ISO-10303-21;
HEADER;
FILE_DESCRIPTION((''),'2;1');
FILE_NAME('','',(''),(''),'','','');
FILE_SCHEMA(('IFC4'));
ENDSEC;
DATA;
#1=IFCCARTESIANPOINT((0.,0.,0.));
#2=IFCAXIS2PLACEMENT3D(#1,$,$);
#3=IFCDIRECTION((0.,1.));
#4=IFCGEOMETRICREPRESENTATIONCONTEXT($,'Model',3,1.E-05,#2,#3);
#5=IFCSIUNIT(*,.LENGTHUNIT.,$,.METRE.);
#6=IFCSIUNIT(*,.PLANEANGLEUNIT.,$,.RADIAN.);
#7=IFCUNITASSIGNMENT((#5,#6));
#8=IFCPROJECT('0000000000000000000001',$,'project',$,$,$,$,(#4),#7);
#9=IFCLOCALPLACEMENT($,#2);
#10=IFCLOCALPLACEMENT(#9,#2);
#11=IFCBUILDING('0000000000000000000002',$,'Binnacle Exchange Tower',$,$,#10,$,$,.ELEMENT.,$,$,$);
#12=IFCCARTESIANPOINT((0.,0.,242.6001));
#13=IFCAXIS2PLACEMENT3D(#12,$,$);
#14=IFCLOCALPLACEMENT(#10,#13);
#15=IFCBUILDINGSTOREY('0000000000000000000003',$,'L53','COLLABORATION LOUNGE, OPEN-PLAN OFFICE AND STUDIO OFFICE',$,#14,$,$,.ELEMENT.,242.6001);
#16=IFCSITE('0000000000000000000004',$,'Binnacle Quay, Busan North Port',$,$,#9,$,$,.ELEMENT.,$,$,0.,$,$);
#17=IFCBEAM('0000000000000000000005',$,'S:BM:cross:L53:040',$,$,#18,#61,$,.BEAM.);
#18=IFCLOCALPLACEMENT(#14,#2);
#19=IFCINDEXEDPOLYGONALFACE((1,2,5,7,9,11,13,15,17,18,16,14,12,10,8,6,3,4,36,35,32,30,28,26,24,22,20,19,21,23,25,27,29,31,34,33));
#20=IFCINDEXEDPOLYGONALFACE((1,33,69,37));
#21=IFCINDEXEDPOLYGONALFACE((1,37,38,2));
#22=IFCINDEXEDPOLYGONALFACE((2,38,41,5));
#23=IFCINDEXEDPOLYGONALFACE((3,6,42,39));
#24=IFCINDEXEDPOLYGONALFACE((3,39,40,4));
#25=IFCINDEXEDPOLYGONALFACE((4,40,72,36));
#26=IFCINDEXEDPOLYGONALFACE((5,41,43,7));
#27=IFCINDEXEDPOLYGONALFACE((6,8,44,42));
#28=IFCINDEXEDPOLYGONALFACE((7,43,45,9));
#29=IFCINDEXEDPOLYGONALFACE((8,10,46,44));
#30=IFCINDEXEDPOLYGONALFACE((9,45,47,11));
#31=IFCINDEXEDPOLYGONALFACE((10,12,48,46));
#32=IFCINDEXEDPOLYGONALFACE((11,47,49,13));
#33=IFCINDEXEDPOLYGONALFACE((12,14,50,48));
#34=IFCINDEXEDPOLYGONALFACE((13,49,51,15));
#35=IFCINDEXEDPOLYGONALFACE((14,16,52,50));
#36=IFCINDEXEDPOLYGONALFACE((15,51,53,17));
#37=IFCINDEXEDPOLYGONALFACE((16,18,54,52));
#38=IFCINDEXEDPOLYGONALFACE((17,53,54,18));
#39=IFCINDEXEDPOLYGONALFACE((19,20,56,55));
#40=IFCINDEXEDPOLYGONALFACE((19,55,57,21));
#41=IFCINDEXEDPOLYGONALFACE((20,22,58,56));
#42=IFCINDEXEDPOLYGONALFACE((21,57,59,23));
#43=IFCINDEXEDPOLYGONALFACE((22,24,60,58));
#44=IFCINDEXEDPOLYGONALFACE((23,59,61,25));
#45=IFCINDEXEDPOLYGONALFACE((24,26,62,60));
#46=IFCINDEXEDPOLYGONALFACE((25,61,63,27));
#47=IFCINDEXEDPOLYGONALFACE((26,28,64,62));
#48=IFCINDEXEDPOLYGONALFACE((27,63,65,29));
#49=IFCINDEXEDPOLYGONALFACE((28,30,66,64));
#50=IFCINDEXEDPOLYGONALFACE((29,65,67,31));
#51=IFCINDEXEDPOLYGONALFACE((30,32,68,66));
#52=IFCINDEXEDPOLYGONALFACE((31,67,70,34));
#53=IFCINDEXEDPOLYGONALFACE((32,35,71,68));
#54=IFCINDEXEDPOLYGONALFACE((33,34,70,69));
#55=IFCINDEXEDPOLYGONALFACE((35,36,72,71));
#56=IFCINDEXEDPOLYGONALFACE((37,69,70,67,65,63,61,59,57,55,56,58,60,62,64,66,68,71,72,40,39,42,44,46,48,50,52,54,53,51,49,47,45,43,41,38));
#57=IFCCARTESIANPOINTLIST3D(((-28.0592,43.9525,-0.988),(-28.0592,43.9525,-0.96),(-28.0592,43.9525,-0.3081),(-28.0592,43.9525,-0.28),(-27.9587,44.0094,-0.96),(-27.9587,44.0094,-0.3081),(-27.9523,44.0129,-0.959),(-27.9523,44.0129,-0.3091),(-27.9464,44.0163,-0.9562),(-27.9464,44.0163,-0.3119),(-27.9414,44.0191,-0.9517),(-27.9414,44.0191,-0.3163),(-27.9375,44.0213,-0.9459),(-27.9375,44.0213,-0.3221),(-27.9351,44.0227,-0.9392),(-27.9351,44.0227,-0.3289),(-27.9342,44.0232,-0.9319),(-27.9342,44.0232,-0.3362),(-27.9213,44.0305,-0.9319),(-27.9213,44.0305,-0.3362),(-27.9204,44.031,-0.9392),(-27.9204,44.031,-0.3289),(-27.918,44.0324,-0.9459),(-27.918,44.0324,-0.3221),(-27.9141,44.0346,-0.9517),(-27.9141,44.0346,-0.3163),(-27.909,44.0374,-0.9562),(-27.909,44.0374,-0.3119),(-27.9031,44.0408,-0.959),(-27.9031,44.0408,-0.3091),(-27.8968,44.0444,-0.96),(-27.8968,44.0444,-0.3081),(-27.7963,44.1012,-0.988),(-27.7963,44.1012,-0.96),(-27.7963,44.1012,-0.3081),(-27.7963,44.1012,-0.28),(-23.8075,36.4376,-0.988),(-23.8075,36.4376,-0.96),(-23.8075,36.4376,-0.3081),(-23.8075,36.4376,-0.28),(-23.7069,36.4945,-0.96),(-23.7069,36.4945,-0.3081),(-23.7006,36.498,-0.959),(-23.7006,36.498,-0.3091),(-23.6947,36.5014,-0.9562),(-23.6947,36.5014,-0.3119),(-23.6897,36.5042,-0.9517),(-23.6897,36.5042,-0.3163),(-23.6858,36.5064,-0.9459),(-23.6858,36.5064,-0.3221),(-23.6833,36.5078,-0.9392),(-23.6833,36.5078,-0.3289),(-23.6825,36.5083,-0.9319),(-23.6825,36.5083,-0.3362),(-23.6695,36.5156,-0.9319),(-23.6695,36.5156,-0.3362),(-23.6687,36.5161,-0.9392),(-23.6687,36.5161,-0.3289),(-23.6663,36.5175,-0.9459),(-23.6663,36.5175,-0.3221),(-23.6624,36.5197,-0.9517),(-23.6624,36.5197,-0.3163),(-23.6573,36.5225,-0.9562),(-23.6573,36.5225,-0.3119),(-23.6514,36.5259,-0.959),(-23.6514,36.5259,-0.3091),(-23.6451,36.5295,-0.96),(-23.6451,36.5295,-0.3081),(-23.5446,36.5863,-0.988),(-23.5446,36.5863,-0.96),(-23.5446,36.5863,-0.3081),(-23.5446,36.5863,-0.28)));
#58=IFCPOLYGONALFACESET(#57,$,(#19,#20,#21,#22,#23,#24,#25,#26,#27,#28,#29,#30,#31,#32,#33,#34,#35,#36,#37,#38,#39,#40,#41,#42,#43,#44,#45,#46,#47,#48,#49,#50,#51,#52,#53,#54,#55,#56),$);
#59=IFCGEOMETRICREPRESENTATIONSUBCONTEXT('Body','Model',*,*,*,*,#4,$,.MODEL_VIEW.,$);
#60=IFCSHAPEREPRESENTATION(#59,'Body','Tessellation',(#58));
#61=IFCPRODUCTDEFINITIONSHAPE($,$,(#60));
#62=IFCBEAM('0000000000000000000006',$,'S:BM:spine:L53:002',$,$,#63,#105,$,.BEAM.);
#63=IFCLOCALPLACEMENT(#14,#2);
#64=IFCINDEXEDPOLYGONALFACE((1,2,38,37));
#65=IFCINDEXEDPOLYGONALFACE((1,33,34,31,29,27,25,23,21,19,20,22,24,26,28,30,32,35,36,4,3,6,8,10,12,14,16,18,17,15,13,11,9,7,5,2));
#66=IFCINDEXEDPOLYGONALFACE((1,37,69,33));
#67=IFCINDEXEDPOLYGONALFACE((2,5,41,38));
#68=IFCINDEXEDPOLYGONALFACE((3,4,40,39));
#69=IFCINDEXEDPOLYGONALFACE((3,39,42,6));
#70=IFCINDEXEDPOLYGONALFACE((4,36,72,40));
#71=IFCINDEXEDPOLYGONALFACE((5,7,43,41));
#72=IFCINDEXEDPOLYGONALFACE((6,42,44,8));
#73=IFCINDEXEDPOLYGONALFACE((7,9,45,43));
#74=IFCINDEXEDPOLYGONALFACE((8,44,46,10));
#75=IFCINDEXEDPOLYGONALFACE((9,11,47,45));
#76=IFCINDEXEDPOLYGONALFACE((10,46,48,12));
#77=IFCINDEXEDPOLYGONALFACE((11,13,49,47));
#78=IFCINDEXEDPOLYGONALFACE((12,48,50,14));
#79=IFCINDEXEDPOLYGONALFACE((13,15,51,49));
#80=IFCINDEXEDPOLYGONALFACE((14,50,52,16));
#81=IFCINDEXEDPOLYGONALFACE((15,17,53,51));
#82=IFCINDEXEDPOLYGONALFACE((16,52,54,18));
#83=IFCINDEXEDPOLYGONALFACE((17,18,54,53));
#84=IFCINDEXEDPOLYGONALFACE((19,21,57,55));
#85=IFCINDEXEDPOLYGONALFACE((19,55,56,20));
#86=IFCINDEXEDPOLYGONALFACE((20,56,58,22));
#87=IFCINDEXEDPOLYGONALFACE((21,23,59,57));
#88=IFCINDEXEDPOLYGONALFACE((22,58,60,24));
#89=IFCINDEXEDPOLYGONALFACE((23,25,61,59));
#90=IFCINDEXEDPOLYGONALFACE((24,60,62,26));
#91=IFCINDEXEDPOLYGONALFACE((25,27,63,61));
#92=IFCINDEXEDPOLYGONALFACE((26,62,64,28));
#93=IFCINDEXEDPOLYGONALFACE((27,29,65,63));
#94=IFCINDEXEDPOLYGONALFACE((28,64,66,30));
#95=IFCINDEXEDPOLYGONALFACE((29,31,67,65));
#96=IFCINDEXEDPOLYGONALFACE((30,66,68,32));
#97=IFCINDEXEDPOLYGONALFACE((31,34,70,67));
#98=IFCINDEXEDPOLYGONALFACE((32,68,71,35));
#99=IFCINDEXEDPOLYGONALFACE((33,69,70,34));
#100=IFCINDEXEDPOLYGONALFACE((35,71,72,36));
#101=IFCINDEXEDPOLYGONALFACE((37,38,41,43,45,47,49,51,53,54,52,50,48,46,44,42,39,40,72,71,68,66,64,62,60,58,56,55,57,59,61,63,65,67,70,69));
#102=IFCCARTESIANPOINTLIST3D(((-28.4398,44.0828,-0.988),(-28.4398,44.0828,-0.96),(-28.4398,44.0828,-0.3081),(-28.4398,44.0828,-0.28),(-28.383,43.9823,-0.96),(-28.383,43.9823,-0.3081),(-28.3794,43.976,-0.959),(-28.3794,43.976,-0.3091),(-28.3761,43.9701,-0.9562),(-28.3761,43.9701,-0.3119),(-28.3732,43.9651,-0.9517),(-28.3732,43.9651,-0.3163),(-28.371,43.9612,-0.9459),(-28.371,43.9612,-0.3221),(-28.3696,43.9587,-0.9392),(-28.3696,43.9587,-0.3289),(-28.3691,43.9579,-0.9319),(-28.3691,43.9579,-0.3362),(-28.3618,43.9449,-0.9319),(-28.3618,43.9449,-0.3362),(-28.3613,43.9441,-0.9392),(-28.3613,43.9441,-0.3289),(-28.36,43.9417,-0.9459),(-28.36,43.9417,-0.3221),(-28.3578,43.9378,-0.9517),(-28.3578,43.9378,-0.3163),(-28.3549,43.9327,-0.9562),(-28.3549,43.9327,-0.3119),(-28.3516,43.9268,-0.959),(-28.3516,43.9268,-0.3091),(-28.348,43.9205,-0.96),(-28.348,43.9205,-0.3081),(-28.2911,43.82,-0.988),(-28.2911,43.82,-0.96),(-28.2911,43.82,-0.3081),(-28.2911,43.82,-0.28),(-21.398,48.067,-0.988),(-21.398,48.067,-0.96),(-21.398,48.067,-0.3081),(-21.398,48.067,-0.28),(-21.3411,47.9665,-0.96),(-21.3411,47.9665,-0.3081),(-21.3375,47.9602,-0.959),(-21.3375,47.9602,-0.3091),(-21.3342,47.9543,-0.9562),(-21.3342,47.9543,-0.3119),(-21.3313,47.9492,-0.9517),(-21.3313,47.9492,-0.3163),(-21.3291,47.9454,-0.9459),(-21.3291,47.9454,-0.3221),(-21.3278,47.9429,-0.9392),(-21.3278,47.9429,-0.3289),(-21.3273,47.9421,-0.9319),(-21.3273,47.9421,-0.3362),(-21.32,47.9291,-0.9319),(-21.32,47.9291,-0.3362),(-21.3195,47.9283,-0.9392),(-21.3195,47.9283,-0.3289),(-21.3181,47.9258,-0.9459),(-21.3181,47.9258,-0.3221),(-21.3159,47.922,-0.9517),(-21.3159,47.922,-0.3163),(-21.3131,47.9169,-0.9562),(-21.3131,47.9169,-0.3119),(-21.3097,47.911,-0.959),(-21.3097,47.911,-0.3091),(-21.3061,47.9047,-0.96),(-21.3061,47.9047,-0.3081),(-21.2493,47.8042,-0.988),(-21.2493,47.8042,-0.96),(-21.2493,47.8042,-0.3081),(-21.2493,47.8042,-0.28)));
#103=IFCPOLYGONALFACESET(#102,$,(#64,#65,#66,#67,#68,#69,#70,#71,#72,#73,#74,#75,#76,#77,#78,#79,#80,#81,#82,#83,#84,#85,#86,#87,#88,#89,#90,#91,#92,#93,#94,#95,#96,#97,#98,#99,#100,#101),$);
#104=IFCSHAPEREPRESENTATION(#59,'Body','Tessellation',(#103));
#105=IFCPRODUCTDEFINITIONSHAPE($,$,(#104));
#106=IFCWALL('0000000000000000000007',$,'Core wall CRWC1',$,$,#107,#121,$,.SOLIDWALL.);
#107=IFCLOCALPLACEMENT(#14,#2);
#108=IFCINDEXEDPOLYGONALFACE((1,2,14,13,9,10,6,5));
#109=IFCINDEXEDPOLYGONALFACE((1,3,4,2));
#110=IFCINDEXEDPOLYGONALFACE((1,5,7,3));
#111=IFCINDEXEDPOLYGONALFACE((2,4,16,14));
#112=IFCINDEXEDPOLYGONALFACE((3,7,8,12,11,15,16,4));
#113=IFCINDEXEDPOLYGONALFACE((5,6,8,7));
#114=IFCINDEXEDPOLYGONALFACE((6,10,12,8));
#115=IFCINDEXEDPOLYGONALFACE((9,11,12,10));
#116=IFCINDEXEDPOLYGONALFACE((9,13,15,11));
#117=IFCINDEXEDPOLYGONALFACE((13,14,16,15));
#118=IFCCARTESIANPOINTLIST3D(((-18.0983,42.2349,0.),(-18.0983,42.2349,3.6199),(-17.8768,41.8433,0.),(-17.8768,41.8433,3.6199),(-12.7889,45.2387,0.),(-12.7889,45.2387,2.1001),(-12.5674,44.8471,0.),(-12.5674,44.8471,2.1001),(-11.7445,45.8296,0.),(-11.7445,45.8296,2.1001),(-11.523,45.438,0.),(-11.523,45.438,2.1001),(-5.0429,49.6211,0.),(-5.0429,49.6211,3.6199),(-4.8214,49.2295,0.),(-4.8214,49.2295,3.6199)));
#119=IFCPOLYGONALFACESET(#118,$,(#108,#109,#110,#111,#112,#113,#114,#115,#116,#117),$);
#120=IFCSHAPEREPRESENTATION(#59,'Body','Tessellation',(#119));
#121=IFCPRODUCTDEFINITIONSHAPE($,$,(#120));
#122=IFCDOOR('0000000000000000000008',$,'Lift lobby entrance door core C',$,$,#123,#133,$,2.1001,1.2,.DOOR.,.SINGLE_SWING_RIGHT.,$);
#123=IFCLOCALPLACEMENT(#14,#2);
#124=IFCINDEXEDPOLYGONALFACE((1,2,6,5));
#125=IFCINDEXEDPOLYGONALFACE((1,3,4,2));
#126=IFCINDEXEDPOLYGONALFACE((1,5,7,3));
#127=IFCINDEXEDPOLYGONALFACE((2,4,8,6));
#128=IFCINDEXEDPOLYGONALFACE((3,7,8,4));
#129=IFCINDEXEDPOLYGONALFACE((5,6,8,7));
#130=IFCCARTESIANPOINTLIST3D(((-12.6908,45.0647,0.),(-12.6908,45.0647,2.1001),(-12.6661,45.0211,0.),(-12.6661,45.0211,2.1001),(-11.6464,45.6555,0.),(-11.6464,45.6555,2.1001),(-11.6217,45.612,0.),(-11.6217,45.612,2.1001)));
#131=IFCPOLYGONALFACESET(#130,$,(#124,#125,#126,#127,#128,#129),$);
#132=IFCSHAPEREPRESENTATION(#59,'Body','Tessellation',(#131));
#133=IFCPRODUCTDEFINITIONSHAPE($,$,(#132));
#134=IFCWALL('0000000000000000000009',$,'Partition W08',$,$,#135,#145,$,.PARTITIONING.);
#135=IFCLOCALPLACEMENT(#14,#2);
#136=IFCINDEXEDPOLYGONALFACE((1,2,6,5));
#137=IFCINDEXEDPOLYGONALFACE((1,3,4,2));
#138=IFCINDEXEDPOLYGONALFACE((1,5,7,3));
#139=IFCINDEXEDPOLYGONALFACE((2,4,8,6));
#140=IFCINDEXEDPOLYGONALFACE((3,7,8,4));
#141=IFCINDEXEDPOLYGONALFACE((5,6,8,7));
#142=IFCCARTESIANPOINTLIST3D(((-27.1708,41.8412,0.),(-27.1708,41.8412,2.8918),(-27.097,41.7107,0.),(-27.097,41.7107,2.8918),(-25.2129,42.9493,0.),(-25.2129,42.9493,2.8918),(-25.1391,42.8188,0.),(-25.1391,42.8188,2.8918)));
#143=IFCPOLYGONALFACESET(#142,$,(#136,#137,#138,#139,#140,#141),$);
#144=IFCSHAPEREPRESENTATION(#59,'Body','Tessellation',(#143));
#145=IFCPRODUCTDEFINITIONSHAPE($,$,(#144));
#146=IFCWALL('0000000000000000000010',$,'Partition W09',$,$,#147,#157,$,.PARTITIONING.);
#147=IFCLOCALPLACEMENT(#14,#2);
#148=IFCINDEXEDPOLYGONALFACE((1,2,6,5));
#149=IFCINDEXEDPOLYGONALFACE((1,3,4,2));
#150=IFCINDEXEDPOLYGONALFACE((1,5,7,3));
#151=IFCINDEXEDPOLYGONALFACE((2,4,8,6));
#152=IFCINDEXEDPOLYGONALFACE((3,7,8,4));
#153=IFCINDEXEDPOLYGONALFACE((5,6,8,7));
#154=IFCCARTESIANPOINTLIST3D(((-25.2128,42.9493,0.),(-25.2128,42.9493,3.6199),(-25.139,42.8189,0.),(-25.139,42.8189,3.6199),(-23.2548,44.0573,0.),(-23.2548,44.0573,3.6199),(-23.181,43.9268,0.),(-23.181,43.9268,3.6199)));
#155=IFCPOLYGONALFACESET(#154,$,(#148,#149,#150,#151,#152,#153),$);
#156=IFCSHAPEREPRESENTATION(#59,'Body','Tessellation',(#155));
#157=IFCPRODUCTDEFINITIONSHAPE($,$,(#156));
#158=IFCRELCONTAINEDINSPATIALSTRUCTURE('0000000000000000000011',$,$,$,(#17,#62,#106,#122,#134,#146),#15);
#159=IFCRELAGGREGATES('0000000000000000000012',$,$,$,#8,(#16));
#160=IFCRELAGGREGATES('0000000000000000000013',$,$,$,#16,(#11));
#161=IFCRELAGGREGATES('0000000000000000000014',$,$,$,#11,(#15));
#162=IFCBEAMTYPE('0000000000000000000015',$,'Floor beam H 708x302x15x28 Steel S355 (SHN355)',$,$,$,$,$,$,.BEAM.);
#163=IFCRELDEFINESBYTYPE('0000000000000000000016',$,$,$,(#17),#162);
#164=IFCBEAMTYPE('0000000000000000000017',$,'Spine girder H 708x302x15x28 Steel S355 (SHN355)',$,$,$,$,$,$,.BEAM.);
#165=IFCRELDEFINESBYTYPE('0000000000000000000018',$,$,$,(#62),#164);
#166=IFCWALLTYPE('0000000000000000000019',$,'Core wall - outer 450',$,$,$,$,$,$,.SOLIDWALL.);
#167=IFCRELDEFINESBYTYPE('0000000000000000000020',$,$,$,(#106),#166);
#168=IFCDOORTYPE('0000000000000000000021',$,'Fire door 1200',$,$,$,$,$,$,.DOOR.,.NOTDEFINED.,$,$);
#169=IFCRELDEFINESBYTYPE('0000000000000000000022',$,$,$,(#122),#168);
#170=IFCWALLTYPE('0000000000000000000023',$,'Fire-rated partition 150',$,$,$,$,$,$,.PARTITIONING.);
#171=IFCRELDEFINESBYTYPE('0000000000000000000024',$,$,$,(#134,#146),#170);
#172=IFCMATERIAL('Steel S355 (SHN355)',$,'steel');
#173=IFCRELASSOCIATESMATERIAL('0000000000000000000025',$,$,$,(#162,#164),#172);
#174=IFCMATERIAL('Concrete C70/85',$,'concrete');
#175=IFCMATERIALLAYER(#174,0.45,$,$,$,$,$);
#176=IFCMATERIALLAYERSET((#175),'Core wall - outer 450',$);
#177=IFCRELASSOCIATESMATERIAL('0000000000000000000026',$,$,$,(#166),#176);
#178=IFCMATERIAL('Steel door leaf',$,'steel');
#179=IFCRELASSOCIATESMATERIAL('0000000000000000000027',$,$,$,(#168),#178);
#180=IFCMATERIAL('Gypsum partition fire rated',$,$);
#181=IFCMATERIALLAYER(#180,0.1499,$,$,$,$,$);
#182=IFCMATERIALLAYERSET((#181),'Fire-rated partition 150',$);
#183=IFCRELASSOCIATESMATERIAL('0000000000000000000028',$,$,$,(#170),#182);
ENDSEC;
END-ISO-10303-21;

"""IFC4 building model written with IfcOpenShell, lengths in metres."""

from ifc_helpers import new_model, si_unit, direction, frame, frame_2d, origin, origin_2d, place, context, subcontext, project, spatial, rectangle, i_section, extrude, material, layer, layer_set, material_profile, profile_set, type_object, element, fill, save


model = new_model("IFC4")

# Units and contexts
model_context = context("Model", 3, precision=1e-05, world=origin(), true_north=direction((0.0, 1.0)))
body_context = subcontext(model_context, "Body", "Model", "MODEL_VIEW")
ifc_project = project(units=[si_unit("LENGTHUNIT", "METRE"), si_unit("PLANEANGLEUNIT", "RADIAN")], contexts=[model_context])

# Site, building, storey
site_placement = place(None, origin())
site = spatial("IfcSite", under=ifc_project, at=site_placement, Name="Binnacle Quay, Busan North Port", CompositionType="ELEMENT", RefElevation=0.0)
building_placement = place(site_placement, origin())
building = spatial("IfcBuilding", under=site, at=building_placement, Name="Binnacle Exchange Tower", CompositionType="ELEMENT")
storey_placement = place(building_placement, frame((0.0, 0.0, 242.6001)))
storey = spatial("IfcBuildingStorey", under=building, at=storey_placement, Name="L53", Description="COLLABORATION LOUNGE, OPEN-PLAN OFFICE AND STUDIO OFFICE", CompositionType="ELEMENT", Elevation=242.6001)

# Beams
ifc_material_1 = material(Name="Steel S355 (SHN355)", Category="steel")
ifc_material_profile_1 = material_profile(ifc_material_1, i_section(OverallWidth=0.302, OverallDepth=0.708, WebThickness=0.0149, FlangeThickness=0.0281, FilletRadius=0.0281, at=origin_2d()), Name="H 708x302x15x28")
ifc_profile_set_1 = profile_set([ifc_material_profile_1], Name="Steel S355 (SHN355)")
beam_type_1 = type_object("IfcBeamType", Name="Floor beam H 708x302x15x28 Steel S355 (SHN355)", PredefinedType="BEAM", material=ifc_profile_set_1)
beam_1_placement = place(storey_placement, frame((-23.676, 36.512, -0.634), z_axis=(-0.492422, 0.870356, 0.0), x_axis=(-0.870356, -0.492422, 0.0)))
element("IfcBeam", 1, at=beam_1_placement, inside=storey, type_object=beam_type_1, Name="S:BM:cross:L53:040", PredefinedType="BEAM", context=body_context, shape_type="SweptSolid", body=[
    extrude(i_section(OverallWidth=0.302, OverallDepth=0.708, WebThickness=0.0149, FlangeThickness=0.0281, FilletRadius=0.0281, at=origin_2d()), origin(), (0.0, 0.0, 1.0), 8.6343),
])
ifc_material_profile_2 = material_profile(ifc_material_1, i_section(OverallWidth=0.302, OverallDepth=0.708, WebThickness=0.0149, FlangeThickness=0.0281, FilletRadius=0.0281, at=origin_2d()), Name="H 708x302x15x28")
ifc_profile_set_2 = profile_set([ifc_material_profile_2], Name="Steel S355 (SHN355)")
beam_type_2 = type_object("IfcBeamType", Name="Spine girder H 708x302x15x28 Steel S355 (SHN355)", PredefinedType="BEAM", material=ifc_profile_set_2)
beam_2_placement = place(storey_placement, frame((-28.3655, 43.9514, -0.634), z_axis=(0.87035, 0.492433, 0.0), x_axis=(-0.492433, 0.87035, 0.0)))
element("IfcBeam", 2, at=beam_2_placement, inside=storey, type_object=beam_type_2, Name="S:BM:spine:L53:002", PredefinedType="BEAM", context=body_context, shape_type="SweptSolid", body=[
    extrude(i_section(OverallWidth=0.302, OverallDepth=0.708, WebThickness=0.0149, FlangeThickness=0.0281, FilletRadius=0.0281, at=origin_2d()), origin(), (0.0, 0.0, 1.0), 8.0908),
])

# Wall, opening, door
ifc_material_2 = material(Name="Concrete C70/85", Category="concrete")
ifc_layer_1 = layer(ifc_material_2, 0.45)
ifc_layer_set_1 = layer_set([ifc_layer_1], Name="Core wall - outer 450")
wall_type_1 = type_object("IfcWallType", Name="Core wall - outer 450", PredefinedType="SOLIDWALL", material=ifc_layer_set_1)
wall_1_placement = place(storey_placement, frame((-17.9875, 42.0391, 0.0), z_axis=(0.0, 0.0, 1.0), x_axis=(0.870361, 0.492415, 0.0)))
wall_1 = element("IfcWall", 3, at=wall_1_placement, inside=storey, type_object=wall_type_1, Name="Core wall CRWC1", PredefinedType="SOLIDWALL", context=body_context, shape_type="SweptSolid", body=[
    extrude(rectangle(XDim=15.0, YDim=0.45, at=frame_2d((7.5, 0.0))), origin(), (0.0, 0.0, 1.0), 3.6199),
])
opening_1_placement = place(wall_1_placement, frame((6.1001, 0.0, 0.0)))
opening_1 = element("IfcOpeningElement", 4, at=opening_1_placement, cuts=wall_1, PredefinedType="OPENING", context=body_context, shape_type="SweptSolid", body=[
    extrude(rectangle(XDim=1.2, YDim=2.1001, at=frame_2d((0.6001, 1.05))), frame((0.0, 0.2349, 0.0), z_axis=(0.0, -1.0, 0.0), x_axis=(1.0, 0.0, 0.0)), (0.0, 0.0, 1.0), 0.47),
])
ifc_material_3 = material(Name="Steel door leaf", Category="steel")
door_type_1 = type_object("IfcDoorType", Name="Fire door 1200", OperationType="NOTDEFINED", PredefinedType="DOOR", material=ifc_material_3)
door_1_placement = place(opening_1_placement, frame((1.2, 0.0, 0.0), z_axis=(0.0, 0.0, 1.0), x_axis=(-1.0, 0.0, 0.0)))
door_1 = element("IfcDoor", 5, at=door_1_placement, inside=storey, type_object=door_type_1, Name="Lift lobby entrance door core C", OperationType="SINGLE_SWING_RIGHT", OverallHeight=2.1001, OverallWidth=1.2, PredefinedType="DOOR", context=body_context, shape_type="SweptSolid", body=[
    extrude(rectangle(XDim=1.2, YDim=2.1001, at=frame_2d((0.6001, 1.05))), frame((0.0, 0.0249, 0.0), z_axis=(0.0, -1.0, 0.0), x_axis=(1.0, 0.0, 0.0)), (0.0, 0.0, 1.0), 0.05),
])
fill(opening_1, door_1)

# Walls
ifc_material_4 = material(Name="Gypsum partition fire rated")
ifc_layer_2 = layer(ifc_material_4, 0.1499)
ifc_layer_set_2 = layer_set([ifc_layer_2], Name="Fire-rated partition 150")
wall_type_2 = type_object("IfcWallType", Name="Fire-rated partition 150", PredefinedType="PARTITIONING", material=ifc_layer_set_2)
wall_2_placement = place(storey_placement, frame((-27.134, 41.7759, 0.0), z_axis=(0.0, 0.0, 1.0), x_axis=(0.870286, 0.492547, 0.0)))
element("IfcWall", 6, at=wall_2_placement, inside=storey, type_object=wall_type_2, Name="Partition W08", PredefinedType="PARTITIONING", context=body_context, shape_type="SweptSolid", body=[
    extrude(rectangle(XDim=2.2498, YDim=0.1499, at=frame_2d((1.125, 0.0))), origin(), (0.0, 0.0, 1.0), 2.8918),
])
wall_3_placement = place(storey_placement, frame((-25.176, 42.884, 0.0), z_axis=(0.0, 0.0, 1.0), x_axis=(0.870332, 0.492465, 0.0)))
element("IfcWall", 7, at=wall_3_placement, inside=storey, type_object=wall_type_2, Name="Partition W09", PredefinedType="PARTITIONING", context=body_context, shape_type="SweptSolid", body=[
    extrude(rectangle(XDim=2.2498, YDim=0.1499, at=frame_2d((1.125, 0.0))), origin(), (0.0, 0.0, 1.0), 3.6199),
])

save(model, "model.ifc")
